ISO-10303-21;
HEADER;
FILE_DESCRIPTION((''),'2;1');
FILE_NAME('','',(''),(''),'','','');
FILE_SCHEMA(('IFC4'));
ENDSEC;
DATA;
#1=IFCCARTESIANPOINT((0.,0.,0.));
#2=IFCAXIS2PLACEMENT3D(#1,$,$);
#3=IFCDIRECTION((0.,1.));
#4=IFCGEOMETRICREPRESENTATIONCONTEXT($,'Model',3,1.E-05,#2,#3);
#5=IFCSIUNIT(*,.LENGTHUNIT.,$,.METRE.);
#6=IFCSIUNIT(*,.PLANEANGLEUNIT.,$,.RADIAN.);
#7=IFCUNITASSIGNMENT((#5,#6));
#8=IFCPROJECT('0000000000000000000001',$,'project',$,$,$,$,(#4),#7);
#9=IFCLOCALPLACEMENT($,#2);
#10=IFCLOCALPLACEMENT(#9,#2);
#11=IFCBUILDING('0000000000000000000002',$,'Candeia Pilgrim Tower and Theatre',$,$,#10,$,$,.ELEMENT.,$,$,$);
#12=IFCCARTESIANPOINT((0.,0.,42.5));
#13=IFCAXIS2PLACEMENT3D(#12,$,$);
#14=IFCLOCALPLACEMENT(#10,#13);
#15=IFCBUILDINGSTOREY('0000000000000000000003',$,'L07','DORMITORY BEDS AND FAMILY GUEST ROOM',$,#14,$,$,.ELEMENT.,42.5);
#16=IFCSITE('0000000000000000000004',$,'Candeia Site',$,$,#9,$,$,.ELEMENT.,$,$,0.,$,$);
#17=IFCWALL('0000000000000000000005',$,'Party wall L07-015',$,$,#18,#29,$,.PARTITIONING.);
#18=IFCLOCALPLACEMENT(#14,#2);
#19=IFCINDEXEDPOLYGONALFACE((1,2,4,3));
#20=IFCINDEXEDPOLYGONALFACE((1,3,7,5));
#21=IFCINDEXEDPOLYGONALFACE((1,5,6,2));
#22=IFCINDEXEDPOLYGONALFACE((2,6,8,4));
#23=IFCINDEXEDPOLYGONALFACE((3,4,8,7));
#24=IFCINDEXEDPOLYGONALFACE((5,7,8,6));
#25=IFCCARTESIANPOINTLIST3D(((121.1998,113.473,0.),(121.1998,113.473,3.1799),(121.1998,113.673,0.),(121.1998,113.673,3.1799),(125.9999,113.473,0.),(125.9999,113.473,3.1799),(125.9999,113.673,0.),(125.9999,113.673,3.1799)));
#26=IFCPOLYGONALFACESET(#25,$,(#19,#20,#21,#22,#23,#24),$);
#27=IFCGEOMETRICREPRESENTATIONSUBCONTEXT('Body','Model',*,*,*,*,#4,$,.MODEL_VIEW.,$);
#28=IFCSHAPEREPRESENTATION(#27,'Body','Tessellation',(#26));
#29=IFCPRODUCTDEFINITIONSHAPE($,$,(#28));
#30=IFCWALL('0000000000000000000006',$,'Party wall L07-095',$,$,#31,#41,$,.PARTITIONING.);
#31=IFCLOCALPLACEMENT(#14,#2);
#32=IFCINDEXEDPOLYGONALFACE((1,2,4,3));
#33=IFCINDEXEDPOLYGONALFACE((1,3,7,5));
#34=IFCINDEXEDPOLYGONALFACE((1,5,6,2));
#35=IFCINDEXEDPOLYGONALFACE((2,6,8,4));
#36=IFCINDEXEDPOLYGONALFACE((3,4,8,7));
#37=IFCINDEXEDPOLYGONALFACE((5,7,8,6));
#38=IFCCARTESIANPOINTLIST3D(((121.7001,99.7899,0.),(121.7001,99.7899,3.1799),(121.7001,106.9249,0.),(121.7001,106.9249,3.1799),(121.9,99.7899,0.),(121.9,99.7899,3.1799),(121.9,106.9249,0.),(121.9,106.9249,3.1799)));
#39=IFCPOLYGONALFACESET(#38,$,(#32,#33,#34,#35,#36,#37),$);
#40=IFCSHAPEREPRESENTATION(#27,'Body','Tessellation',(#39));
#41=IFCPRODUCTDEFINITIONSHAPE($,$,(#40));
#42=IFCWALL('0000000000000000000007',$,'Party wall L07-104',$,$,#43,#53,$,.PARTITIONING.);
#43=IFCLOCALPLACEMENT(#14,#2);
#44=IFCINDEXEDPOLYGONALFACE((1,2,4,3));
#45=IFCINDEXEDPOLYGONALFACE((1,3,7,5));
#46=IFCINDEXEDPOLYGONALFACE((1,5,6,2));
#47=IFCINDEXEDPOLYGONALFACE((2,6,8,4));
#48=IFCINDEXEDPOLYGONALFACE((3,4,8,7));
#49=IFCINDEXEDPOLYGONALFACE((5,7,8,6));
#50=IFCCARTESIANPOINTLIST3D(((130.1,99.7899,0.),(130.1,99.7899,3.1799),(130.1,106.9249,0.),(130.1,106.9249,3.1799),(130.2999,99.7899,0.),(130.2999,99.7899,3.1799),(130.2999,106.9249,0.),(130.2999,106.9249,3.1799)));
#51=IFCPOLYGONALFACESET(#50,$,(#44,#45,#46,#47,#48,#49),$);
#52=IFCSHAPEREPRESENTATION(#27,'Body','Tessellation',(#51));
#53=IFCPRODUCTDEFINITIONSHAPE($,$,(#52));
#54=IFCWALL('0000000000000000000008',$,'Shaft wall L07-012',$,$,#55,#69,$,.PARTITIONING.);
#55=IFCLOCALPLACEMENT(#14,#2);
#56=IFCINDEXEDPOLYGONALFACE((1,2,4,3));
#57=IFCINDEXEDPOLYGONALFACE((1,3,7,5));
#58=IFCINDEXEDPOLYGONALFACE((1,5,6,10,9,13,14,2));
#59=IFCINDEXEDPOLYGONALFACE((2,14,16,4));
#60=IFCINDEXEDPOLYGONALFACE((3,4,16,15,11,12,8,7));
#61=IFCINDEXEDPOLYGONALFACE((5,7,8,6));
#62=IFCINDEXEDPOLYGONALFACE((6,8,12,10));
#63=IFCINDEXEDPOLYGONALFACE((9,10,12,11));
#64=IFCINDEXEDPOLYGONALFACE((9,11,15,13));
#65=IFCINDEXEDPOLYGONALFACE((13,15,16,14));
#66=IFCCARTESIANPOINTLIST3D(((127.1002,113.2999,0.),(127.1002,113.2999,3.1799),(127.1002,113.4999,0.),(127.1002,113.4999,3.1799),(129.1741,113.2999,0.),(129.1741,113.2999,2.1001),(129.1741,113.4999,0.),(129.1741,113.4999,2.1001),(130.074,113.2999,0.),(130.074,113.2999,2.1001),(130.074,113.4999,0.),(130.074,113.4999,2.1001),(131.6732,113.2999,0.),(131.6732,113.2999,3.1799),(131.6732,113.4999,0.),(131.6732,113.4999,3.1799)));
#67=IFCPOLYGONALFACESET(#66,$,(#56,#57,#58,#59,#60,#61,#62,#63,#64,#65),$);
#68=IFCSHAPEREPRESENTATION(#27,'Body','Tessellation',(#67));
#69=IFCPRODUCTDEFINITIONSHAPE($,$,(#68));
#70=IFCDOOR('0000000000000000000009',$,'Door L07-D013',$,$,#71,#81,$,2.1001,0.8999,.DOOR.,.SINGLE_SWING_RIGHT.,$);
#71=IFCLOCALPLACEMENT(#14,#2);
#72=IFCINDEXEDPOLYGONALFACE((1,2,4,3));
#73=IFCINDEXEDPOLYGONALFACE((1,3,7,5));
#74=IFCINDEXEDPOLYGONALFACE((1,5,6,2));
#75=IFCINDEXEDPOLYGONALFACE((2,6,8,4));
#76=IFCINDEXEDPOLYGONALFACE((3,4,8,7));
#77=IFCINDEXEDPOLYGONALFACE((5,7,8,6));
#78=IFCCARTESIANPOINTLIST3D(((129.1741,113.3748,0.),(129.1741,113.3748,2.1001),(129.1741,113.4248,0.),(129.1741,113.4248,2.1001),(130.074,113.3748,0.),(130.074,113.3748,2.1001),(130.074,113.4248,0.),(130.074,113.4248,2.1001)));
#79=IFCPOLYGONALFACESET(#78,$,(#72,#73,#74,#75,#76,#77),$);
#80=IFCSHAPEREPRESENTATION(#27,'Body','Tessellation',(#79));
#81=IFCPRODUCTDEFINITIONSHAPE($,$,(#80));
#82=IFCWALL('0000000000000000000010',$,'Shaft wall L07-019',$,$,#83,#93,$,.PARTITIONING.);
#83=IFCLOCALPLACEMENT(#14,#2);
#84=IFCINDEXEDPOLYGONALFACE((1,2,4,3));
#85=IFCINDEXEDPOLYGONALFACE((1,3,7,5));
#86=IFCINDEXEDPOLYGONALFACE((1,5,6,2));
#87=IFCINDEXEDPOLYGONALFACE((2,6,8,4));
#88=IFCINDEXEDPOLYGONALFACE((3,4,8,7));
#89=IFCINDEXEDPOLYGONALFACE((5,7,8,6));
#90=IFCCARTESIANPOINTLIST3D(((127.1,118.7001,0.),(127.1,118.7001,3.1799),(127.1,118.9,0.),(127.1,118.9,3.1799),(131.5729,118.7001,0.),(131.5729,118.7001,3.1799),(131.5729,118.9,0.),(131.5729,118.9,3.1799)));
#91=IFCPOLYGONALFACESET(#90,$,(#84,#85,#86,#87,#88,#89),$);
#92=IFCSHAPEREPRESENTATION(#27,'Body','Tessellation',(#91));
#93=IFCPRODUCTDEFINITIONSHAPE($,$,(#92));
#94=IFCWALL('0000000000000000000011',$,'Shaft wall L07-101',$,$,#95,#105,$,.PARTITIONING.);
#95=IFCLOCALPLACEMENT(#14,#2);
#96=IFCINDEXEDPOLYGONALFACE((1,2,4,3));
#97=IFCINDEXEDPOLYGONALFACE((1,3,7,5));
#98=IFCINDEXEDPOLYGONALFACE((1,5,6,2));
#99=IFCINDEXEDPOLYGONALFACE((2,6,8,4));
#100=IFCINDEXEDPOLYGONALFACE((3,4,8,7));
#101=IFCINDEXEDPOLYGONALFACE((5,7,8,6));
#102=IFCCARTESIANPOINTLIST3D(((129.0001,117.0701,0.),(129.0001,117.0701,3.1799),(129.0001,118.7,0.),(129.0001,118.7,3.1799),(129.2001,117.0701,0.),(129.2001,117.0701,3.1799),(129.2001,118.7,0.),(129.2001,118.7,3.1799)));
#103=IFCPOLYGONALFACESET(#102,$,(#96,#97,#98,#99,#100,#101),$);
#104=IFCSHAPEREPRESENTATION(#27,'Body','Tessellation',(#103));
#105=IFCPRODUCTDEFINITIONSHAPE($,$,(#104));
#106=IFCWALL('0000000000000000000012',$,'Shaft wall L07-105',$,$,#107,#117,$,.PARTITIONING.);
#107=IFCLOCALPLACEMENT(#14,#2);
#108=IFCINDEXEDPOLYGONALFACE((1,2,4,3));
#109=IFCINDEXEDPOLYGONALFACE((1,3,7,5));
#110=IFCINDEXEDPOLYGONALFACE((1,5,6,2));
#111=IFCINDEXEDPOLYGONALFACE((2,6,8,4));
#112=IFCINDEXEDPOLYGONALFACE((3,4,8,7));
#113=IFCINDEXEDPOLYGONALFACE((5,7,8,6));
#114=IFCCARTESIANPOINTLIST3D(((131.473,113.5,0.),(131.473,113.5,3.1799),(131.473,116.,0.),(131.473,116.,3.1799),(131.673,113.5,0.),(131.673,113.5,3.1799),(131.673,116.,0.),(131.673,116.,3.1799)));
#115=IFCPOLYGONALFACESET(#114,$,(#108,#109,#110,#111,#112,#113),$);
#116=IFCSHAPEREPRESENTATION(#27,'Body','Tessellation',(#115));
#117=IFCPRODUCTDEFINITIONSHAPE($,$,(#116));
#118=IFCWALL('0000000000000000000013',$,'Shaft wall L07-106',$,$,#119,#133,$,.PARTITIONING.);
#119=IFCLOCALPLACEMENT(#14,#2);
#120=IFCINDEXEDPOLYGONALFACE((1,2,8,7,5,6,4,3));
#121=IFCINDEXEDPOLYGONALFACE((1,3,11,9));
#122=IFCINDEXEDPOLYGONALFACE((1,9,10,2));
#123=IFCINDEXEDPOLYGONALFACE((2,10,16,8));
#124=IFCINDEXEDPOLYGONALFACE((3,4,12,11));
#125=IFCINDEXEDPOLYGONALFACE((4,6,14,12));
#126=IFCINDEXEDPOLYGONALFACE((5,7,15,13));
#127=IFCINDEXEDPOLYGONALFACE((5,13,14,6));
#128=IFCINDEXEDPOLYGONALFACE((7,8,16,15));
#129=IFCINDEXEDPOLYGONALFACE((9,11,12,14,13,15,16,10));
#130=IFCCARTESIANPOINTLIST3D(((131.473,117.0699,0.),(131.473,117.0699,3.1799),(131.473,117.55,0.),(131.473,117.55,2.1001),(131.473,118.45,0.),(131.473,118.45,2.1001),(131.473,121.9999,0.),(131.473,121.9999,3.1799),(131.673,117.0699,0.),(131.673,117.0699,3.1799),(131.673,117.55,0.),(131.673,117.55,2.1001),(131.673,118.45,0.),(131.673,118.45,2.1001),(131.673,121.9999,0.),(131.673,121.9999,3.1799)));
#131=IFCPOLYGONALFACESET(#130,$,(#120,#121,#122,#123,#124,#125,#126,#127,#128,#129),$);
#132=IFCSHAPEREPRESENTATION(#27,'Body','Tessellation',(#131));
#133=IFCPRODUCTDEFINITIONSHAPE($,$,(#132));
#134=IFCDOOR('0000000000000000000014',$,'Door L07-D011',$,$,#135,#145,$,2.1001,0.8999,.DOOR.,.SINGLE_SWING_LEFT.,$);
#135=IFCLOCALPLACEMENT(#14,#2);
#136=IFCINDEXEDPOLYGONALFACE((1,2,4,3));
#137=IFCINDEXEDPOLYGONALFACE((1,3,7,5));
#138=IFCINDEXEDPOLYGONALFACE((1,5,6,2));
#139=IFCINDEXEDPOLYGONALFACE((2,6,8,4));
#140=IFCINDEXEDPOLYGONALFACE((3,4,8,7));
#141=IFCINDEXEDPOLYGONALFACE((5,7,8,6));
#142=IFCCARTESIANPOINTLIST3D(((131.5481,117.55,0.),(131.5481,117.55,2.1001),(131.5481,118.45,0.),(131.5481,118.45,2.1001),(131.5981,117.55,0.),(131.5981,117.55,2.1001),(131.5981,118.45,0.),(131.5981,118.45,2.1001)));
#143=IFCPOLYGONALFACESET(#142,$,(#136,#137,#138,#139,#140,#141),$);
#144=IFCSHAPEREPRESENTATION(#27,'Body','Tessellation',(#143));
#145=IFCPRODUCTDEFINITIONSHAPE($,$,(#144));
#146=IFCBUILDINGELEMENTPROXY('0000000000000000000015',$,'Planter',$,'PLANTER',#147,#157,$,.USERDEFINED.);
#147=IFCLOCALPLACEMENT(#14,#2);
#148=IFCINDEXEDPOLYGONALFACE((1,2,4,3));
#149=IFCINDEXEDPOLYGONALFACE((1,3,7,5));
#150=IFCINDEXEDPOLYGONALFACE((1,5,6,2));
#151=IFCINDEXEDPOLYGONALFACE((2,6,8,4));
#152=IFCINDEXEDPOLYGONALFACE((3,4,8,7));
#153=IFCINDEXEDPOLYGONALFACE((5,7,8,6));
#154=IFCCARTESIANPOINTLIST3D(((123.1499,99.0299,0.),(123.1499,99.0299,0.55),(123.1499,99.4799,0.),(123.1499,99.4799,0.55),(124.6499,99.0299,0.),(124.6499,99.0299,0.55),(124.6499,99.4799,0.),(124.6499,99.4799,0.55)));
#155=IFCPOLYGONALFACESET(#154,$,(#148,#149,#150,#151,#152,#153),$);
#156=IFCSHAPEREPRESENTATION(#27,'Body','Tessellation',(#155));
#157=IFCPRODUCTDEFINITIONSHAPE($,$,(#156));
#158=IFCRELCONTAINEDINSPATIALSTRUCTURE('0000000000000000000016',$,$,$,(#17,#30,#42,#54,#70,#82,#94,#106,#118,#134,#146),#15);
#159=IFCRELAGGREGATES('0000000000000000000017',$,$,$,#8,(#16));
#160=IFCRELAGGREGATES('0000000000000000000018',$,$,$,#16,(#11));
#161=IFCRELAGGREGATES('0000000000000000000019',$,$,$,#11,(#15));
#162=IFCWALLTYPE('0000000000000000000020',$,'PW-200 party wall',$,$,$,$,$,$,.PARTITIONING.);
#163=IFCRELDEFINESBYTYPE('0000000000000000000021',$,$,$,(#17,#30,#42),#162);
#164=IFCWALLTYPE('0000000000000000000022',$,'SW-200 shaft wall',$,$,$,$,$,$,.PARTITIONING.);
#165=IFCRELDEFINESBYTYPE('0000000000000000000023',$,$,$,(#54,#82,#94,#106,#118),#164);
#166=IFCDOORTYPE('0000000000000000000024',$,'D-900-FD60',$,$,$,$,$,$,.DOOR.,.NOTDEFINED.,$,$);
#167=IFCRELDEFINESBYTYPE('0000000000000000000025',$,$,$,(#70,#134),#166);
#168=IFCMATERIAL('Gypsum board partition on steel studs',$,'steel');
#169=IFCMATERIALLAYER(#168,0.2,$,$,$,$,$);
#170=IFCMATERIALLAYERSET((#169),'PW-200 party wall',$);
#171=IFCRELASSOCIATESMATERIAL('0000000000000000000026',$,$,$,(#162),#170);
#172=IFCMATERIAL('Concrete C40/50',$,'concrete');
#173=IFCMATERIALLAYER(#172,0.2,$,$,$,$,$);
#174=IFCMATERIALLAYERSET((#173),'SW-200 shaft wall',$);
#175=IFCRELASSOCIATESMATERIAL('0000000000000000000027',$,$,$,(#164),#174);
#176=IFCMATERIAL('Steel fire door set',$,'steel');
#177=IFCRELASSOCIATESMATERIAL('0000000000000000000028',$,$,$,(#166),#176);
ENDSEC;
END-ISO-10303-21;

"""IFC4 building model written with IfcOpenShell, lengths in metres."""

from ifc_helpers import new_model, si_unit, direction, frame, frame_2d, origin, origin_2d, place, context, subcontext, project, spatial, rectangle, extrude, material, layer, layer_set, type_object, element, fill, save


model = new_model("IFC4")

# Units and contexts
model_context = context("Model", 3, precision=1e-05, world=origin(), true_north=direction((0.0, 1.0)))
body_context = subcontext(model_context, "Body", "Model", "MODEL_VIEW")
ifc_project = project(units=[si_unit("LENGTHUNIT", "METRE"), si_unit("PLANEANGLEUNIT", "RADIAN")], contexts=[model_context])

# Site, building, storey
site_placement = place(None, origin())
site = spatial("IfcSite", under=ifc_project, at=site_placement, Name="Candeia Site", CompositionType="ELEMENT", RefElevation=0.0)
building_placement = place(site_placement, origin())
building = spatial("IfcBuilding", under=site, at=building_placement, Name="Candeia Pilgrim Tower and Theatre", CompositionType="ELEMENT")
storey_placement = place(building_placement, frame((0.0, 0.0, 42.5)))
storey = spatial("IfcBuildingStorey", under=building, at=storey_placement, Name="L07", Description="DORMITORY BEDS AND FAMILY GUEST ROOM", CompositionType="ELEMENT", Elevation=42.5)

# Shared definitions
ifc_material_1 = material(Name="Steel fire door set", Category="steel")

# Shared definitions
ifc_material_2 = material(Name="Gypsum board partition on steel studs", Category="steel")

# Walls
ifc_layer_1 = layer(ifc_material_2, 0.2)
ifc_layer_set_1 = layer_set([ifc_layer_1], Name="PW-200 party wall")
wall_type_1 = type_object("IfcWallType", Name="PW-200 party wall", PredefinedType="PARTITIONING", material=ifc_layer_set_1)
wall_1_placement = place(storey_placement, frame((121.2, 113.573, 0.0), z_axis=(0.0, 0.0, 1.0), x_axis=(1.0, 0.0, 0.0)))
element("IfcWall", 1, at=wall_1_placement, inside=storey, type_object=wall_type_1, Name="Party wall L07-015", PredefinedType="PARTITIONING", context=body_context, shape_type="SweptSolid", body=[
    extrude(rectangle(XDim=4.8, YDim=0.2, at=frame_2d((2.3999, 0.0))), origin(), (0.0, 0.0, 1.0), 3.1799),
])
for number, where, z_axis, x_axis, name in (
    (2, (121.8, 99.79, 0.0), (0.0, 0.0, 1.0), (0.0, 1.0, 0.0), "Party wall L07-095"),
    (3, (130.2, 99.79, 0.0), (0.0, 0.0, 1.0), (0.0, 1.0, 0.0), "Party wall L07-104"),
):
    element("IfcWall", number, at=place(storey_placement, frame(where, z_axis=z_axis, x_axis=x_axis)), inside=storey, type_object=wall_type_1, Name=name, PredefinedType="PARTITIONING", context=body_context, shape_type="SweptSolid", body=[
        extrude(rectangle(XDim=7.135, YDim=0.2, at=frame_2d((3.5674, 0.0))), origin(), (0.0, 0.0, 1.0), 3.1799),
    ])

# Wall, opening, door
ifc_material_3 = material(Name="Concrete C40/50", Category="concrete")
ifc_layer_2 = layer(ifc_material_3, 0.2)
ifc_layer_set_2 = layer_set([ifc_layer_2], Name="SW-200 shaft wall")
wall_type_2 = type_object("IfcWallType", Name="SW-200 shaft wall", PredefinedType="PARTITIONING", material=ifc_layer_set_2)
wall_2_placement = place(storey_placement, frame((127.1001, 113.3999, 0.0), z_axis=(0.0, 0.0, 1.0), x_axis=(1.0, 0.0, 0.0)))
wall_2 = element("IfcWall", 4, at=wall_2_placement, inside=storey, type_object=wall_type_2, Name="Shaft wall L07-012", PredefinedType="PARTITIONING", context=body_context, shape_type="SweptSolid", body=[
    extrude(rectangle(XDim=4.573, YDim=0.2, at=frame_2d((2.2866, 0.0))), origin(), (0.0, 0.0, 1.0), 3.1799),
])
opening_1_placement = place(wall_2_placement, frame((2.074, 0.0, 0.0)))
opening_1 = element("IfcOpeningElement", 5, at=opening_1_placement, cuts=wall_2, PredefinedType="OPENING", context=body_context, shape_type="SweptSolid", body=[
    extrude(rectangle(XDim=0.8999, YDim=2.1001, at=frame_2d((0.45, 1.05))), frame((0.0, 0.1099, 0.0), z_axis=(0.0, -1.0, 0.0), x_axis=(1.0, 0.0, 0.0)), (0.0, 0.0, 1.0), 0.22),
])
door_type_1 = type_object("IfcDoorType", Name="D-900-FD60", OperationType="NOTDEFINED", PredefinedType="DOOR", material=ifc_material_1)
door_1_placement = place(opening_1_placement, origin())
door_1 = element("IfcDoor", 6, at=door_1_placement, inside=storey, type_object=door_type_1, Name="Door L07-D013", OperationType="SINGLE_SWING_RIGHT", OverallHeight=2.1001, OverallWidth=0.8999, PredefinedType="DOOR", context=body_context, shape_type="SweptSolid", body=[
    extrude(rectangle(XDim=0.8999, YDim=2.1001, at=frame_2d((0.45, 1.05))), frame((0.0, 0.0249, 0.0), z_axis=(0.0, -1.0, 0.0), x_axis=(1.0, 0.0, 0.0)), (0.0, 0.0, 1.0), 0.05),
])
fill(opening_1, door_1)

# Walls
wall_3_placement = place(storey_placement, frame((127.1001, 118.8, 0.0), z_axis=(0.0, 0.0, 1.0), x_axis=(1.0, 0.0, 0.0)))
element("IfcWall", 7, at=wall_3_placement, inside=storey, type_object=wall_type_2, Name="Shaft wall L07-019", PredefinedType="PARTITIONING", context=body_context, shape_type="SweptSolid", body=[
    extrude(rectangle(XDim=4.4729, YDim=0.2, at=frame_2d((2.2363, 0.0))), origin(), (0.0, 0.0, 1.0), 3.1799),
])
wall_4_placement = place(storey_placement, frame((129.1001, 117.0701, 0.0), z_axis=(0.0, 0.0, 1.0), x_axis=(0.0, 1.0, 0.0)))
element("IfcWall", 8, at=wall_4_placement, inside=storey, type_object=wall_type_2, Name="Shaft wall L07-101", PredefinedType="PARTITIONING", context=body_context, shape_type="SweptSolid", body=[
    extrude(rectangle(XDim=1.6299, YDim=0.2, at=frame_2d((0.8149, 0.0))), origin(), (0.0, 0.0, 1.0), 3.1799),
])
wall_5_placement = place(storey_placement, frame((131.573, 113.5, 0.0), z_axis=(0.0, 0.0, 1.0), x_axis=(0.0, 1.0, 0.0)))
element("IfcWall", 9, at=wall_5_placement, inside=storey, type_object=wall_type_2, Name="Shaft wall L07-105", PredefinedType="PARTITIONING", context=body_context, shape_type="SweptSolid", body=[
    extrude(rectangle(XDim=2.5, YDim=0.2, at=frame_2d((1.25, 0.0))), origin(), (0.0, 0.0, 1.0), 3.1799),
])

# Wall, opening, door
wall_6_placement = place(storey_placement, frame((131.573, 117.0701, 0.0), z_axis=(0.0, 0.0, 1.0), x_axis=(0.0, 1.0, 0.0)))
wall_6 = element("IfcWall", 10, at=wall_6_placement, inside=storey, type_object=wall_type_2, Name="Shaft wall L07-106", PredefinedType="PARTITIONING", context=body_context, shape_type="SweptSolid", body=[
    extrude(rectangle(XDim=4.9299, YDim=0.2, at=frame_2d((2.4648, 0.0))), origin(), (0.0, 0.0, 1.0), 3.1799),
])
opening_2_placement = place(wall_6_placement, frame((0.48, 0.0, 0.0)))
opening_2 = element("IfcOpeningElement", 11, at=opening_2_placement, cuts=wall_6, PredefinedType="OPENING", context=body_context, shape_type="SweptSolid", body=[
    extrude(rectangle(XDim=0.8999, YDim=2.1001, at=frame_2d((0.45, 1.05))), frame((0.0, 0.1099, 0.0), z_axis=(0.0, -1.0, 0.0), x_axis=(1.0, 0.0, 0.0)), (0.0, 0.0, 1.0), 0.22),
])
door_2_placement = place(opening_2_placement, origin())
door_2 = element("IfcDoor", 12, at=door_2_placement, inside=storey, type_object=door_type_1, Name="Door L07-D011", OperationType="SINGLE_SWING_LEFT", OverallHeight=2.1001, OverallWidth=0.8999, PredefinedType="DOOR", context=body_context, shape_type="SweptSolid", body=[
    extrude(rectangle(XDim=0.8999, YDim=2.1001, at=frame_2d((0.45, 1.05))), frame((0.0, 0.0249, 0.0), z_axis=(0.0, -1.0, 0.0), x_axis=(1.0, 0.0, 0.0)), (0.0, 0.0, 1.0), 0.05),
])
fill(opening_2, door_2)

# Building element proxy
proxy_placement = place(storey_placement, frame((123.8999, 99.2549, 0.0), z_axis=(0.0, 0.0, 1.0), x_axis=(1.0, 0.0, 0.0)))
element("IfcBuildingElementProxy", 13, at=proxy_placement, inside=storey, Name="Planter", ObjectType="PLANTER", PredefinedType="USERDEFINED", context=body_context, shape_type="SweptSolid", body=[
    extrude(rectangle(XDim=1.5, YDim=0.45, at=origin_2d()), origin(), (0.0, 0.0, 1.0), 0.55),
])

save(model, "model.ifc")
